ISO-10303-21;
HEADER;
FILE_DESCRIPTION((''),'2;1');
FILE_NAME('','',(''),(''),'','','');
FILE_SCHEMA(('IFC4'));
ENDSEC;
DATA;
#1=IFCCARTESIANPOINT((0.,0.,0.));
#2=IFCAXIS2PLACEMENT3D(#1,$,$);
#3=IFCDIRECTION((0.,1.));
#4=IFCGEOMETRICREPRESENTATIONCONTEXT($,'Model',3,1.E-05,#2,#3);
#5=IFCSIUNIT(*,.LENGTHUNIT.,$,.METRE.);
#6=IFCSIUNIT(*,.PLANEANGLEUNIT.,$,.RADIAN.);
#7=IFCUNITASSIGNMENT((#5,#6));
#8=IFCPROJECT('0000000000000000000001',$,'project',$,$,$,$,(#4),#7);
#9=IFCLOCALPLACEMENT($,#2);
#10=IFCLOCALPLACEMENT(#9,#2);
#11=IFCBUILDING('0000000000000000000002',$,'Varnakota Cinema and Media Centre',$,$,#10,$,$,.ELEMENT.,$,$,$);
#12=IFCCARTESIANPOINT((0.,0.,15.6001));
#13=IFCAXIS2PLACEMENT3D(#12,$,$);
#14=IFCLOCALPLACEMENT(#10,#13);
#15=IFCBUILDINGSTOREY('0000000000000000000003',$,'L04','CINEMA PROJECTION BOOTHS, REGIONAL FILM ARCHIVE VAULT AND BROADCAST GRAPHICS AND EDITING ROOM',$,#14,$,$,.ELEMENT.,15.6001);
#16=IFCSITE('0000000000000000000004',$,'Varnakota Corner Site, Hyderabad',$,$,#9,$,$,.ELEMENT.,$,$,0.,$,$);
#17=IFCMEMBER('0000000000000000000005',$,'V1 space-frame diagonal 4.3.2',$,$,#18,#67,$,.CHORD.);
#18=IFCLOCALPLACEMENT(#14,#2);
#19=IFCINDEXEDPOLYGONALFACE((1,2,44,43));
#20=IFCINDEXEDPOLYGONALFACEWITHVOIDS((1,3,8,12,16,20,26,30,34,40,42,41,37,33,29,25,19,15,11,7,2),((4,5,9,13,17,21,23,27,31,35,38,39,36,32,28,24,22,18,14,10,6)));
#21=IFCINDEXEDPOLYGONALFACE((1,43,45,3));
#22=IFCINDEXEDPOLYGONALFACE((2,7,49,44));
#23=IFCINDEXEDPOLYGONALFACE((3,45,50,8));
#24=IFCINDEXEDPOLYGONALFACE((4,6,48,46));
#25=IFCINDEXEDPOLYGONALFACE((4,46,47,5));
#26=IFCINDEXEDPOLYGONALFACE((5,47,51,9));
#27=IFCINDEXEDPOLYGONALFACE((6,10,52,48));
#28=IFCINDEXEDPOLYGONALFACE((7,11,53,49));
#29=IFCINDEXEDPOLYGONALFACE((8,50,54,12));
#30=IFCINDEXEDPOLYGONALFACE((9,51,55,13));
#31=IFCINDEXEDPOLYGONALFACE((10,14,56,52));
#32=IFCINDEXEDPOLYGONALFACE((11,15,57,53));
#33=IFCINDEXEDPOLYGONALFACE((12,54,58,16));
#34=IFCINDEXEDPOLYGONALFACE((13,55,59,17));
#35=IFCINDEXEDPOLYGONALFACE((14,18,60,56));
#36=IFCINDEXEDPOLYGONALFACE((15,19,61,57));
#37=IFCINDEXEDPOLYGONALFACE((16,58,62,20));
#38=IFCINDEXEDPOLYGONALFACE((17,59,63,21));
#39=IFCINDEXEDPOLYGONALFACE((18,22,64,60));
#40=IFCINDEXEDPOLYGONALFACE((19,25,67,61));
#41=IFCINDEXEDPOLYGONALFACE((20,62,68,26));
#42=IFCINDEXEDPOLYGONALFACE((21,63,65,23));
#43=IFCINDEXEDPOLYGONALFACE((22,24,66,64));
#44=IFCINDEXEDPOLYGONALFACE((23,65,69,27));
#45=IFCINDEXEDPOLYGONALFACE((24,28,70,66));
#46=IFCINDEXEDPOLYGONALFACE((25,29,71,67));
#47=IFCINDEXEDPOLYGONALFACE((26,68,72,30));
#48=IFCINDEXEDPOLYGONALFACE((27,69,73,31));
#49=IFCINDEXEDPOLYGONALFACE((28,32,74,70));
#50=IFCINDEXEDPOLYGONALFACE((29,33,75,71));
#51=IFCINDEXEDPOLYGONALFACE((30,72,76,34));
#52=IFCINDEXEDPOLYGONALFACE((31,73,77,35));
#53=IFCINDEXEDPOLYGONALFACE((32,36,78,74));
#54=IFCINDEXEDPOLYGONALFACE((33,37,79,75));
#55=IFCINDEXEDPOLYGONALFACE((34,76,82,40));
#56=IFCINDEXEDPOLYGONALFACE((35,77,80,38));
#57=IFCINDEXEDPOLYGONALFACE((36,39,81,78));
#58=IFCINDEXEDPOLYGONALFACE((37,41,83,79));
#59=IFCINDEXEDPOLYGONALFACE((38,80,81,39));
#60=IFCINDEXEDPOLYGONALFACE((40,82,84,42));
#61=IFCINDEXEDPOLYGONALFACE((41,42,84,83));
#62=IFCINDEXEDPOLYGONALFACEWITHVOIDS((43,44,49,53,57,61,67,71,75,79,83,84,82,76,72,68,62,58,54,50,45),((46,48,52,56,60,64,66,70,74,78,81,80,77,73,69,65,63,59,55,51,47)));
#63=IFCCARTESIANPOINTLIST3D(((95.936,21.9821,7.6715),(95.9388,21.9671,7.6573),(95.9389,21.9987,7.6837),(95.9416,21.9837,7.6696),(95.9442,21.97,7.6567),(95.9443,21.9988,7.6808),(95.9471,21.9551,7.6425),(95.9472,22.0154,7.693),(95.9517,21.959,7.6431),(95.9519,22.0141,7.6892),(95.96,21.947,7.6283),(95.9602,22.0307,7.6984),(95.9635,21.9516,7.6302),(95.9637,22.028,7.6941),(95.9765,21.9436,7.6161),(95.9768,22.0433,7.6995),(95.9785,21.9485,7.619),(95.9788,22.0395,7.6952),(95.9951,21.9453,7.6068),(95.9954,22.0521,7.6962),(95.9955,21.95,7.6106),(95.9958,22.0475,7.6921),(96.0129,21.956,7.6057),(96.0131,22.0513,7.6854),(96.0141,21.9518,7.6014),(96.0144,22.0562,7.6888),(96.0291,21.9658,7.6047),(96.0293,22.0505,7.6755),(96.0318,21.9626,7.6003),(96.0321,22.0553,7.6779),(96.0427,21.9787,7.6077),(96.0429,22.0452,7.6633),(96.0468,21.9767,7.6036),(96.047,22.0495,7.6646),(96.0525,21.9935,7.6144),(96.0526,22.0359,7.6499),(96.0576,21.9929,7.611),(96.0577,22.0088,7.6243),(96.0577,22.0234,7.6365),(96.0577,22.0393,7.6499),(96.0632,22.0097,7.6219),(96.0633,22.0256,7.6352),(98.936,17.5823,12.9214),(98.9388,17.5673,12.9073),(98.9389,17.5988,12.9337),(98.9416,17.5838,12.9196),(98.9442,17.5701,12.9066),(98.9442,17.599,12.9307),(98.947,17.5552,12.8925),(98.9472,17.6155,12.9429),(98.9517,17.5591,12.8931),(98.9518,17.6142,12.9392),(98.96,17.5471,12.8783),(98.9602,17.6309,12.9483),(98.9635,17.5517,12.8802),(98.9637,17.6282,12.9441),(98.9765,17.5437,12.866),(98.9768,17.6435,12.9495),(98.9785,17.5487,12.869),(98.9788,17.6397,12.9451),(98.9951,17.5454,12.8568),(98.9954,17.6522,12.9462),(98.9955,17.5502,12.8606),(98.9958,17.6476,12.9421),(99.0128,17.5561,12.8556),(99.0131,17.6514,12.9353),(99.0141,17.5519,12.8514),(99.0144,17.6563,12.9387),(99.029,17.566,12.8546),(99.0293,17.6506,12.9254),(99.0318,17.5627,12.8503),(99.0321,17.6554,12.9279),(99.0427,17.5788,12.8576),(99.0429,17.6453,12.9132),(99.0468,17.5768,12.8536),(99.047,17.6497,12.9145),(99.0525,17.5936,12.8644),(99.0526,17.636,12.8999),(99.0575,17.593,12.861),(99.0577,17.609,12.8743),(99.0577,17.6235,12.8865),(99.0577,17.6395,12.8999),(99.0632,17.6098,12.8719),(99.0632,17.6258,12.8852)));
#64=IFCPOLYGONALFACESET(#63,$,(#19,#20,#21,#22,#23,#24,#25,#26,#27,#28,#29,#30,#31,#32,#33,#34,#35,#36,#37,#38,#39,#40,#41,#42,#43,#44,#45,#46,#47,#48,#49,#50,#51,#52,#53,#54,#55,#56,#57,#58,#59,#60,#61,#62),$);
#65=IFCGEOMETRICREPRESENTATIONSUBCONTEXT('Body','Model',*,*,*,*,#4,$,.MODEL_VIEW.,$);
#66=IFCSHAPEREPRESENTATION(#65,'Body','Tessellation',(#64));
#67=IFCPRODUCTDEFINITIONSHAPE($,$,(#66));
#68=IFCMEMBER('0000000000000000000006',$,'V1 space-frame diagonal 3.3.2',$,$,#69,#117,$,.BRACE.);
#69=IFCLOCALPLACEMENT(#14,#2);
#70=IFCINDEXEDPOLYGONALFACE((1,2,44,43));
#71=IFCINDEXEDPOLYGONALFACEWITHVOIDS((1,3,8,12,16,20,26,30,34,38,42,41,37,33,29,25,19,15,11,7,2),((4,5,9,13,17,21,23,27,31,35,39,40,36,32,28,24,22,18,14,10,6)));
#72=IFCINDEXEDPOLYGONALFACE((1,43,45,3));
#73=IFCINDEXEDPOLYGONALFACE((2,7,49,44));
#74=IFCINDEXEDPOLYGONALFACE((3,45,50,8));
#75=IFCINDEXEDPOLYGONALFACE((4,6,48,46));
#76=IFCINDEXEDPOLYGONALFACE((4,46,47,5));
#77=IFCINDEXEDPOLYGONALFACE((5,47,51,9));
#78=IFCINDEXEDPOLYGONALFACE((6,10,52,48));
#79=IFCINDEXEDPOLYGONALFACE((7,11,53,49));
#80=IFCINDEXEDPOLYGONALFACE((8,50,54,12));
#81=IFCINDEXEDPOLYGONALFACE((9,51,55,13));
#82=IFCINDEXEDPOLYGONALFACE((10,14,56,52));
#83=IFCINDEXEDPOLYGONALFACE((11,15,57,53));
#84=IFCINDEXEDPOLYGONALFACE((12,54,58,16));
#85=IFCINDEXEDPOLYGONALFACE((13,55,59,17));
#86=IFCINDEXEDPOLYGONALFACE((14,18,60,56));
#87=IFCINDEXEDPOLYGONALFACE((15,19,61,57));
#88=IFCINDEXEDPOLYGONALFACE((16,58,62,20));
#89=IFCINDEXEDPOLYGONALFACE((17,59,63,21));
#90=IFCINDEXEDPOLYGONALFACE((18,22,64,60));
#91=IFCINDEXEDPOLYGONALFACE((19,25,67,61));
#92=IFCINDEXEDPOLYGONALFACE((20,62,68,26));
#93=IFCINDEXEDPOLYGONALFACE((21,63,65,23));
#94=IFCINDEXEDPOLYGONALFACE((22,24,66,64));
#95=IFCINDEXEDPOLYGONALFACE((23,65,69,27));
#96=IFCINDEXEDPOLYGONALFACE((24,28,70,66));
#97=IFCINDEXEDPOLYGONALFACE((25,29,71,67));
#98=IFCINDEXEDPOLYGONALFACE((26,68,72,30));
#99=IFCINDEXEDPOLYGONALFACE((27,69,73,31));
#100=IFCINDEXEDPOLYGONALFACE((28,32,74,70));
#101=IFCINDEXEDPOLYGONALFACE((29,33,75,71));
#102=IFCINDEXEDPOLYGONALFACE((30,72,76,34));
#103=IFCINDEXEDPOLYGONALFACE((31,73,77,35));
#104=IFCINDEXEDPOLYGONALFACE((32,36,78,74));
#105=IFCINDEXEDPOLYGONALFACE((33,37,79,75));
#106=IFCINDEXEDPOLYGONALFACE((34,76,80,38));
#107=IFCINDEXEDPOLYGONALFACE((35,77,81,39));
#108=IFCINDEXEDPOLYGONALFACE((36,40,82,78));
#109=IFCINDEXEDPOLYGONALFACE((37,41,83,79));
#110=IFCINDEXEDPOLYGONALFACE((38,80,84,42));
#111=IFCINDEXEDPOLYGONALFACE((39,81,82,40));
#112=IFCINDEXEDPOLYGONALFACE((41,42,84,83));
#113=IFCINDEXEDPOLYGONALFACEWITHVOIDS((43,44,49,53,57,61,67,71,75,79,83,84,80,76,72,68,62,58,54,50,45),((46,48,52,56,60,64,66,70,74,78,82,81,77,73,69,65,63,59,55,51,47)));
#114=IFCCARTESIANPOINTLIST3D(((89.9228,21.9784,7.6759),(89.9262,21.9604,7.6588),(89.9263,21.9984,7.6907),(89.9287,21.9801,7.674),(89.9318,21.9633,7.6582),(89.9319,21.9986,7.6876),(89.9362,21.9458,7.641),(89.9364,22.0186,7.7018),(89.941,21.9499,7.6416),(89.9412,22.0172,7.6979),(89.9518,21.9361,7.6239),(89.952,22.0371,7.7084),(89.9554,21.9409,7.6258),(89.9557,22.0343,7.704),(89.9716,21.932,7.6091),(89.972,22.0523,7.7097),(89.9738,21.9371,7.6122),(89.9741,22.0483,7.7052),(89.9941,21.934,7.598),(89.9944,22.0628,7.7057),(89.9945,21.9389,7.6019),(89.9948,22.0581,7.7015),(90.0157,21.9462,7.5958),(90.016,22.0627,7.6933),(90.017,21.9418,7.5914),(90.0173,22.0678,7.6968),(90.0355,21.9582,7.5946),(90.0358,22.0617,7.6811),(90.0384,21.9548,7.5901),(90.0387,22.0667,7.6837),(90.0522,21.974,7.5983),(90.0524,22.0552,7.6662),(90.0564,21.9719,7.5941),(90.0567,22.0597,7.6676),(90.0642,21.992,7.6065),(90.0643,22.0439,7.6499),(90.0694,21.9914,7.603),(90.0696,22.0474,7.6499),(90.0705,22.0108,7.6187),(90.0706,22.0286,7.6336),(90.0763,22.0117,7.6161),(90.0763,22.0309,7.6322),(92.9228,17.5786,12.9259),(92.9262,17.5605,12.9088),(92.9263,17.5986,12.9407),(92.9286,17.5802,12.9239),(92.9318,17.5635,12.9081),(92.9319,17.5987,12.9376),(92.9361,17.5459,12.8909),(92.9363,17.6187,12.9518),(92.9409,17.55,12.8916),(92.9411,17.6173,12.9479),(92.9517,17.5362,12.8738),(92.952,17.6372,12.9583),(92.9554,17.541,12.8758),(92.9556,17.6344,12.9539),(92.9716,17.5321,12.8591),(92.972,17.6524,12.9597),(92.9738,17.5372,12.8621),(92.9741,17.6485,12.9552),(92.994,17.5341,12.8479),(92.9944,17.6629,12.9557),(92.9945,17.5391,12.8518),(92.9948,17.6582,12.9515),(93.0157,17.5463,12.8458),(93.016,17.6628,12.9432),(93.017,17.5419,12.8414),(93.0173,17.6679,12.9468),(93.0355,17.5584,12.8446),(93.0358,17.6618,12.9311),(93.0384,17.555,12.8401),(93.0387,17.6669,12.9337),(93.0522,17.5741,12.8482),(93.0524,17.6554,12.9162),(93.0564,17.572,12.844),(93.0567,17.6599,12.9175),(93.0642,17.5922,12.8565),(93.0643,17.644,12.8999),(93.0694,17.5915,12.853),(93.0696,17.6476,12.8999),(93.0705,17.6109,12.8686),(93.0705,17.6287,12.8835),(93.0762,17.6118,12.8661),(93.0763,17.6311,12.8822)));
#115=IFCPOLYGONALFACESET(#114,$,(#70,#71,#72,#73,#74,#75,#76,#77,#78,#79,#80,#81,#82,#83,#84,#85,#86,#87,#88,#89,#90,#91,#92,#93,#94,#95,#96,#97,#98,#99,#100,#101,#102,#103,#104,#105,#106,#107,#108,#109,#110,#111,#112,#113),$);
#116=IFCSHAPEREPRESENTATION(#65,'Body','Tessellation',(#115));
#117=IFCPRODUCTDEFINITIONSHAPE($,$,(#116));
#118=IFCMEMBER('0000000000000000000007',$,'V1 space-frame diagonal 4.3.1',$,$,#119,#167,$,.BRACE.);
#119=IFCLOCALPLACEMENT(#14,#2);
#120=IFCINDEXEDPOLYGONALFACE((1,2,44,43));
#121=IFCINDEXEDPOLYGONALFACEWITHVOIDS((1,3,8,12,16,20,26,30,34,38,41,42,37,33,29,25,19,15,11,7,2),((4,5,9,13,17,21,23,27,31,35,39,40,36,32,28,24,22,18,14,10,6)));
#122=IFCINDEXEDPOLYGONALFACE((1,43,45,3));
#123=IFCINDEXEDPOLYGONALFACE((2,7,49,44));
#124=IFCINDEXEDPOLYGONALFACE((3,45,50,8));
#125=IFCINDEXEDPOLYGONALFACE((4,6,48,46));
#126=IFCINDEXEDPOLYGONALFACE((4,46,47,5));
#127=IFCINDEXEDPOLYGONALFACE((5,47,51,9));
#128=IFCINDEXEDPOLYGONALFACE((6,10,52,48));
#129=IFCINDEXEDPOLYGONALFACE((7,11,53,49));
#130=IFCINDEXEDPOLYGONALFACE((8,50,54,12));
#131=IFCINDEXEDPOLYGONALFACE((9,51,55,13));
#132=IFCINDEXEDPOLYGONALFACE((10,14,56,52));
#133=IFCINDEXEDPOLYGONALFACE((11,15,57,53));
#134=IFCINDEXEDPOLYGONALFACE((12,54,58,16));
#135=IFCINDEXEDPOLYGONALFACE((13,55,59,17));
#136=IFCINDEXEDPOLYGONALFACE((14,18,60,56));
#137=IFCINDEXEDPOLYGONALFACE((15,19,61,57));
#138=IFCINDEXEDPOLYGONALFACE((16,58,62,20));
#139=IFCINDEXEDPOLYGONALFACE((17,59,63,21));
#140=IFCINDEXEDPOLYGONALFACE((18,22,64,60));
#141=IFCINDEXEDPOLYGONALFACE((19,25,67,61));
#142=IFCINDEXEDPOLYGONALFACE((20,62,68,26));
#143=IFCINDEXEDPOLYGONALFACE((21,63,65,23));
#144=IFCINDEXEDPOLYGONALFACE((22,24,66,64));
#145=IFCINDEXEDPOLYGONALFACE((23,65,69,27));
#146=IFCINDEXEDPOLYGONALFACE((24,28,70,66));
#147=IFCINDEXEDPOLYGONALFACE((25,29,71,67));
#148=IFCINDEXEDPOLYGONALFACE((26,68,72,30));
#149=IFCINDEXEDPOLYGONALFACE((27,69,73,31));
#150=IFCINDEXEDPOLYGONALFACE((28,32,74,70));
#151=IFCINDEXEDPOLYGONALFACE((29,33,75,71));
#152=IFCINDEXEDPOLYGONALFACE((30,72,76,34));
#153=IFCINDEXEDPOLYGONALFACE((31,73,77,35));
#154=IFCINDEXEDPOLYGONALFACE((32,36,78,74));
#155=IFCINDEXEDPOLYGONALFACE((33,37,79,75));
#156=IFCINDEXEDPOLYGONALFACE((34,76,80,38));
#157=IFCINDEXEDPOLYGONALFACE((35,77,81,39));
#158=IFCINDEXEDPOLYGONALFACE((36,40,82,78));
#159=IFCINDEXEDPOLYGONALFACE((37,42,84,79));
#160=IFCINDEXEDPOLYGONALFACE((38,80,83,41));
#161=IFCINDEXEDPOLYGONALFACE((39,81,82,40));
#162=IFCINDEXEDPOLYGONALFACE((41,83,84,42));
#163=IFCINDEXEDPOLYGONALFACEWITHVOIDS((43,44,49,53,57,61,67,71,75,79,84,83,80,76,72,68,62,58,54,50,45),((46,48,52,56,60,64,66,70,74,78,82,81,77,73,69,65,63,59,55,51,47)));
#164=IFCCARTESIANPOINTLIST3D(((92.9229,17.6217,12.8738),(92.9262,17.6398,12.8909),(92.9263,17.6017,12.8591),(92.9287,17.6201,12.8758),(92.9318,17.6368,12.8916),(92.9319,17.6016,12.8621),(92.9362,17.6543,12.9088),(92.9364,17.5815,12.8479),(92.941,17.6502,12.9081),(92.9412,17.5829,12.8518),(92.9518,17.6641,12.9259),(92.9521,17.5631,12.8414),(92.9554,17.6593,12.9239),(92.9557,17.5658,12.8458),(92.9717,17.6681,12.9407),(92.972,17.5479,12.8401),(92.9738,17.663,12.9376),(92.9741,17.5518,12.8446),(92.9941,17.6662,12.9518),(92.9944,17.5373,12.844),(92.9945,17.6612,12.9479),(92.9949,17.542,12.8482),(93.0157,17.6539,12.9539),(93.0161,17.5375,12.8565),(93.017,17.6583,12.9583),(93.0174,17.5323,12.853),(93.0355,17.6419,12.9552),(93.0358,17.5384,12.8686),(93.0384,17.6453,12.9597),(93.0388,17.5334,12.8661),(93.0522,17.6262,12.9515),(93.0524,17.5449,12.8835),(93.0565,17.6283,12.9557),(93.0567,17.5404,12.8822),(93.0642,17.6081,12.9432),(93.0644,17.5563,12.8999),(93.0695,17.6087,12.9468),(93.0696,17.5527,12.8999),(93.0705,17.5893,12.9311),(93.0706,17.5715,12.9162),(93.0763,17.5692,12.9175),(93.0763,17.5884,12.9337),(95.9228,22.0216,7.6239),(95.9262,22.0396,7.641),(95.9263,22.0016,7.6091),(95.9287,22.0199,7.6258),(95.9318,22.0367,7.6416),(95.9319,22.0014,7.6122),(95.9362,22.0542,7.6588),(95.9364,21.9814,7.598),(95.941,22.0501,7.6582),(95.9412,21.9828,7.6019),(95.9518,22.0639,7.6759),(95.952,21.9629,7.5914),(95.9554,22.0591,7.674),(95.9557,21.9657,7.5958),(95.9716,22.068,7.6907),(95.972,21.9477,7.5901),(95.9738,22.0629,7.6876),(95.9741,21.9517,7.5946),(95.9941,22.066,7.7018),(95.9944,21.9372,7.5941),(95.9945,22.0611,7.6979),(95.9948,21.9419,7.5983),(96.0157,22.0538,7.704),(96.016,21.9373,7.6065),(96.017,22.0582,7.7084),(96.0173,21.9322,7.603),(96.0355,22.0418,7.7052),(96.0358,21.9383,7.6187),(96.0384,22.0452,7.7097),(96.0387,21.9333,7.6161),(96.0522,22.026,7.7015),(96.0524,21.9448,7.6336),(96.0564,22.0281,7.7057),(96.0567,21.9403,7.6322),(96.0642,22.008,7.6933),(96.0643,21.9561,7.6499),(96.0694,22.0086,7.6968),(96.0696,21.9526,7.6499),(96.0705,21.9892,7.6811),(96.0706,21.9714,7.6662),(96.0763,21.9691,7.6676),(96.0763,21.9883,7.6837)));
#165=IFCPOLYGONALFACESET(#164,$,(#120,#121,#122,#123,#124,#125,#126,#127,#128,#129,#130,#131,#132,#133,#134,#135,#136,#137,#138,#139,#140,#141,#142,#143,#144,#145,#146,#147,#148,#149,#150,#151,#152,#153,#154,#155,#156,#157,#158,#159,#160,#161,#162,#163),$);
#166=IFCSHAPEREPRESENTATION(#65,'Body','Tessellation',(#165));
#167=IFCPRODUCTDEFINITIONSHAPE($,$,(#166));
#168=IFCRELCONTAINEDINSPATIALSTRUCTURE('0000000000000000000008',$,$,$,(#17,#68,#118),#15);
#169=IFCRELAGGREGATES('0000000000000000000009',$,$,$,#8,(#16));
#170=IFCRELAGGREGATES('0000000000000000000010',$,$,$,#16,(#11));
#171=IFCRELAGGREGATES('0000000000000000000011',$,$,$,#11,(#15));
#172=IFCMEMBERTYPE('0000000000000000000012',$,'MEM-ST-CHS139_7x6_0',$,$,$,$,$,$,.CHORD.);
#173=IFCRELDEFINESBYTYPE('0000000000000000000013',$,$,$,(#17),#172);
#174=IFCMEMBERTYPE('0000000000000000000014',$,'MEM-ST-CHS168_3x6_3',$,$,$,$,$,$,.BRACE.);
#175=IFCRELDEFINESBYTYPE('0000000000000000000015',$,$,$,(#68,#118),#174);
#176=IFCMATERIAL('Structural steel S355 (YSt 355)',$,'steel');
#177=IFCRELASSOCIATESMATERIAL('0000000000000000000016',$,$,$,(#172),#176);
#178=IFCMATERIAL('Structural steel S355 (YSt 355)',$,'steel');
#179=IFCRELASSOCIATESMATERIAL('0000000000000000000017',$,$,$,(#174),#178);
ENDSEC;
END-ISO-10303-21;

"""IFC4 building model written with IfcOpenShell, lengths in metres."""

from ifc_helpers import new_model, si_unit, direction, frame, origin, origin_2d, place, context, subcontext, project, spatial, hollow_circle, extrude, material, material_profile, profile_set, type_object, element, save


model = new_model("IFC4")

# Units and contexts
model_context = context("Model", 3, precision=1e-05, world=origin(), true_north=direction((0.0, 1.0)))
body_context = subcontext(model_context, "Body", "Model", "MODEL_VIEW")
ifc_project = project(units=[si_unit("LENGTHUNIT", "METRE"), si_unit("PLANEANGLEUNIT", "RADIAN")], contexts=[model_context])

# Site, building, storey
site_placement = place(None, origin())
site = spatial("IfcSite", under=ifc_project, at=site_placement, Name="Varnakota Corner Site, Hyderabad", CompositionType="ELEMENT", RefElevation=0.0)
building_placement = place(site_placement, origin())
building = spatial("IfcBuilding", under=site, at=building_placement, Name="Varnakota Cinema and Media Centre", CompositionType="ELEMENT")
storey_placement = place(building_placement, frame((0.0, 0.0, 15.6001)))
storey = spatial("IfcBuildingStorey", under=building, at=storey_placement, Name="L04", Description="CINEMA PROJECTION BOOTHS, REGIONAL FILM ARCHIVE VAULT AND BROADCAST GRAPHICS AND EDITING ROOM", CompositionType="ELEMENT", Elevation=15.6001)

# Members
ifc_material_1 = material(Name="Structural steel S355 (YSt 355)", Category="steel")
ifc_material_profile_1 = material_profile(ifc_material_1, hollow_circle(Radius=0.0698, WallThickness=0.0061, at=origin_2d()), Name="CHS 139.7x6.0")
ifc_profile_set_1 = profile_set([ifc_material_profile_1], Name="Structural steel S355 (YSt 355)")
member_type_1 = type_object("IfcMemberType", Name="MEM-ST-CHS139_7x6_0", PredefinedType="CHORD", material=ifc_profile_set_1)
member_1_placement = place(storey_placement, frame((96.0, 22.0, 7.6499), z_axis=(0.401173, -0.588373, 0.702052), x_axis=(0.826222, 0.563345, 0.0)))
element("IfcMember", 1, at=member_1_placement, inside=storey, type_object=member_type_1, Name="V1 space-frame diagonal 4.3.2", PredefinedType="CHORD", context=body_context, shape_type="SweptSolid", body=[
    extrude(hollow_circle(Radius=0.0698, WallThickness=0.0061, at=origin_2d()), origin(), (0.0, 0.0, 1.0), 7.478),
])
ifc_material_2 = material(Name="Structural steel S355 (YSt 355)", Category="steel")
ifc_material_profile_2 = material_profile(ifc_material_2, hollow_circle(Radius=0.0842, WallThickness=0.0063, at=origin_2d()), Name="CHS 168.3x6.3")
ifc_profile_set_2 = profile_set([ifc_material_profile_2], Name="Structural steel S355 (YSt 355)")
member_type_2 = type_object("IfcMemberType", Name="MEM-ST-CHS168_3x6_3", PredefinedType="BRACE", material=ifc_profile_set_2)
for number, where, z_axis, x_axis, name in (
    (2, (90.0, 22.0, 7.6499), (0.401173, -0.588373, 0.702052), (0.826222, 0.563345, 0.0), "V1 space-frame diagonal 3.3.2"),
    (3, (96.0, 22.0, 7.6499), (-0.401173, -0.588373, 0.702052), (0.826222, -0.563345, 0.0), "V1 space-frame diagonal 4.3.1"),
):
    element("IfcMember", number, at=place(storey_placement, frame(where, z_axis=z_axis, x_axis=x_axis)), inside=storey, type_object=member_type_2, Name=name, PredefinedType="BRACE", context=body_context, shape_type="SweptSolid", body=[
        extrude(hollow_circle(Radius=0.0842, WallThickness=0.0063, at=origin_2d()), origin(), (0.0, 0.0, 1.0), 7.478),
    ])

save(model, "model.ifc")
